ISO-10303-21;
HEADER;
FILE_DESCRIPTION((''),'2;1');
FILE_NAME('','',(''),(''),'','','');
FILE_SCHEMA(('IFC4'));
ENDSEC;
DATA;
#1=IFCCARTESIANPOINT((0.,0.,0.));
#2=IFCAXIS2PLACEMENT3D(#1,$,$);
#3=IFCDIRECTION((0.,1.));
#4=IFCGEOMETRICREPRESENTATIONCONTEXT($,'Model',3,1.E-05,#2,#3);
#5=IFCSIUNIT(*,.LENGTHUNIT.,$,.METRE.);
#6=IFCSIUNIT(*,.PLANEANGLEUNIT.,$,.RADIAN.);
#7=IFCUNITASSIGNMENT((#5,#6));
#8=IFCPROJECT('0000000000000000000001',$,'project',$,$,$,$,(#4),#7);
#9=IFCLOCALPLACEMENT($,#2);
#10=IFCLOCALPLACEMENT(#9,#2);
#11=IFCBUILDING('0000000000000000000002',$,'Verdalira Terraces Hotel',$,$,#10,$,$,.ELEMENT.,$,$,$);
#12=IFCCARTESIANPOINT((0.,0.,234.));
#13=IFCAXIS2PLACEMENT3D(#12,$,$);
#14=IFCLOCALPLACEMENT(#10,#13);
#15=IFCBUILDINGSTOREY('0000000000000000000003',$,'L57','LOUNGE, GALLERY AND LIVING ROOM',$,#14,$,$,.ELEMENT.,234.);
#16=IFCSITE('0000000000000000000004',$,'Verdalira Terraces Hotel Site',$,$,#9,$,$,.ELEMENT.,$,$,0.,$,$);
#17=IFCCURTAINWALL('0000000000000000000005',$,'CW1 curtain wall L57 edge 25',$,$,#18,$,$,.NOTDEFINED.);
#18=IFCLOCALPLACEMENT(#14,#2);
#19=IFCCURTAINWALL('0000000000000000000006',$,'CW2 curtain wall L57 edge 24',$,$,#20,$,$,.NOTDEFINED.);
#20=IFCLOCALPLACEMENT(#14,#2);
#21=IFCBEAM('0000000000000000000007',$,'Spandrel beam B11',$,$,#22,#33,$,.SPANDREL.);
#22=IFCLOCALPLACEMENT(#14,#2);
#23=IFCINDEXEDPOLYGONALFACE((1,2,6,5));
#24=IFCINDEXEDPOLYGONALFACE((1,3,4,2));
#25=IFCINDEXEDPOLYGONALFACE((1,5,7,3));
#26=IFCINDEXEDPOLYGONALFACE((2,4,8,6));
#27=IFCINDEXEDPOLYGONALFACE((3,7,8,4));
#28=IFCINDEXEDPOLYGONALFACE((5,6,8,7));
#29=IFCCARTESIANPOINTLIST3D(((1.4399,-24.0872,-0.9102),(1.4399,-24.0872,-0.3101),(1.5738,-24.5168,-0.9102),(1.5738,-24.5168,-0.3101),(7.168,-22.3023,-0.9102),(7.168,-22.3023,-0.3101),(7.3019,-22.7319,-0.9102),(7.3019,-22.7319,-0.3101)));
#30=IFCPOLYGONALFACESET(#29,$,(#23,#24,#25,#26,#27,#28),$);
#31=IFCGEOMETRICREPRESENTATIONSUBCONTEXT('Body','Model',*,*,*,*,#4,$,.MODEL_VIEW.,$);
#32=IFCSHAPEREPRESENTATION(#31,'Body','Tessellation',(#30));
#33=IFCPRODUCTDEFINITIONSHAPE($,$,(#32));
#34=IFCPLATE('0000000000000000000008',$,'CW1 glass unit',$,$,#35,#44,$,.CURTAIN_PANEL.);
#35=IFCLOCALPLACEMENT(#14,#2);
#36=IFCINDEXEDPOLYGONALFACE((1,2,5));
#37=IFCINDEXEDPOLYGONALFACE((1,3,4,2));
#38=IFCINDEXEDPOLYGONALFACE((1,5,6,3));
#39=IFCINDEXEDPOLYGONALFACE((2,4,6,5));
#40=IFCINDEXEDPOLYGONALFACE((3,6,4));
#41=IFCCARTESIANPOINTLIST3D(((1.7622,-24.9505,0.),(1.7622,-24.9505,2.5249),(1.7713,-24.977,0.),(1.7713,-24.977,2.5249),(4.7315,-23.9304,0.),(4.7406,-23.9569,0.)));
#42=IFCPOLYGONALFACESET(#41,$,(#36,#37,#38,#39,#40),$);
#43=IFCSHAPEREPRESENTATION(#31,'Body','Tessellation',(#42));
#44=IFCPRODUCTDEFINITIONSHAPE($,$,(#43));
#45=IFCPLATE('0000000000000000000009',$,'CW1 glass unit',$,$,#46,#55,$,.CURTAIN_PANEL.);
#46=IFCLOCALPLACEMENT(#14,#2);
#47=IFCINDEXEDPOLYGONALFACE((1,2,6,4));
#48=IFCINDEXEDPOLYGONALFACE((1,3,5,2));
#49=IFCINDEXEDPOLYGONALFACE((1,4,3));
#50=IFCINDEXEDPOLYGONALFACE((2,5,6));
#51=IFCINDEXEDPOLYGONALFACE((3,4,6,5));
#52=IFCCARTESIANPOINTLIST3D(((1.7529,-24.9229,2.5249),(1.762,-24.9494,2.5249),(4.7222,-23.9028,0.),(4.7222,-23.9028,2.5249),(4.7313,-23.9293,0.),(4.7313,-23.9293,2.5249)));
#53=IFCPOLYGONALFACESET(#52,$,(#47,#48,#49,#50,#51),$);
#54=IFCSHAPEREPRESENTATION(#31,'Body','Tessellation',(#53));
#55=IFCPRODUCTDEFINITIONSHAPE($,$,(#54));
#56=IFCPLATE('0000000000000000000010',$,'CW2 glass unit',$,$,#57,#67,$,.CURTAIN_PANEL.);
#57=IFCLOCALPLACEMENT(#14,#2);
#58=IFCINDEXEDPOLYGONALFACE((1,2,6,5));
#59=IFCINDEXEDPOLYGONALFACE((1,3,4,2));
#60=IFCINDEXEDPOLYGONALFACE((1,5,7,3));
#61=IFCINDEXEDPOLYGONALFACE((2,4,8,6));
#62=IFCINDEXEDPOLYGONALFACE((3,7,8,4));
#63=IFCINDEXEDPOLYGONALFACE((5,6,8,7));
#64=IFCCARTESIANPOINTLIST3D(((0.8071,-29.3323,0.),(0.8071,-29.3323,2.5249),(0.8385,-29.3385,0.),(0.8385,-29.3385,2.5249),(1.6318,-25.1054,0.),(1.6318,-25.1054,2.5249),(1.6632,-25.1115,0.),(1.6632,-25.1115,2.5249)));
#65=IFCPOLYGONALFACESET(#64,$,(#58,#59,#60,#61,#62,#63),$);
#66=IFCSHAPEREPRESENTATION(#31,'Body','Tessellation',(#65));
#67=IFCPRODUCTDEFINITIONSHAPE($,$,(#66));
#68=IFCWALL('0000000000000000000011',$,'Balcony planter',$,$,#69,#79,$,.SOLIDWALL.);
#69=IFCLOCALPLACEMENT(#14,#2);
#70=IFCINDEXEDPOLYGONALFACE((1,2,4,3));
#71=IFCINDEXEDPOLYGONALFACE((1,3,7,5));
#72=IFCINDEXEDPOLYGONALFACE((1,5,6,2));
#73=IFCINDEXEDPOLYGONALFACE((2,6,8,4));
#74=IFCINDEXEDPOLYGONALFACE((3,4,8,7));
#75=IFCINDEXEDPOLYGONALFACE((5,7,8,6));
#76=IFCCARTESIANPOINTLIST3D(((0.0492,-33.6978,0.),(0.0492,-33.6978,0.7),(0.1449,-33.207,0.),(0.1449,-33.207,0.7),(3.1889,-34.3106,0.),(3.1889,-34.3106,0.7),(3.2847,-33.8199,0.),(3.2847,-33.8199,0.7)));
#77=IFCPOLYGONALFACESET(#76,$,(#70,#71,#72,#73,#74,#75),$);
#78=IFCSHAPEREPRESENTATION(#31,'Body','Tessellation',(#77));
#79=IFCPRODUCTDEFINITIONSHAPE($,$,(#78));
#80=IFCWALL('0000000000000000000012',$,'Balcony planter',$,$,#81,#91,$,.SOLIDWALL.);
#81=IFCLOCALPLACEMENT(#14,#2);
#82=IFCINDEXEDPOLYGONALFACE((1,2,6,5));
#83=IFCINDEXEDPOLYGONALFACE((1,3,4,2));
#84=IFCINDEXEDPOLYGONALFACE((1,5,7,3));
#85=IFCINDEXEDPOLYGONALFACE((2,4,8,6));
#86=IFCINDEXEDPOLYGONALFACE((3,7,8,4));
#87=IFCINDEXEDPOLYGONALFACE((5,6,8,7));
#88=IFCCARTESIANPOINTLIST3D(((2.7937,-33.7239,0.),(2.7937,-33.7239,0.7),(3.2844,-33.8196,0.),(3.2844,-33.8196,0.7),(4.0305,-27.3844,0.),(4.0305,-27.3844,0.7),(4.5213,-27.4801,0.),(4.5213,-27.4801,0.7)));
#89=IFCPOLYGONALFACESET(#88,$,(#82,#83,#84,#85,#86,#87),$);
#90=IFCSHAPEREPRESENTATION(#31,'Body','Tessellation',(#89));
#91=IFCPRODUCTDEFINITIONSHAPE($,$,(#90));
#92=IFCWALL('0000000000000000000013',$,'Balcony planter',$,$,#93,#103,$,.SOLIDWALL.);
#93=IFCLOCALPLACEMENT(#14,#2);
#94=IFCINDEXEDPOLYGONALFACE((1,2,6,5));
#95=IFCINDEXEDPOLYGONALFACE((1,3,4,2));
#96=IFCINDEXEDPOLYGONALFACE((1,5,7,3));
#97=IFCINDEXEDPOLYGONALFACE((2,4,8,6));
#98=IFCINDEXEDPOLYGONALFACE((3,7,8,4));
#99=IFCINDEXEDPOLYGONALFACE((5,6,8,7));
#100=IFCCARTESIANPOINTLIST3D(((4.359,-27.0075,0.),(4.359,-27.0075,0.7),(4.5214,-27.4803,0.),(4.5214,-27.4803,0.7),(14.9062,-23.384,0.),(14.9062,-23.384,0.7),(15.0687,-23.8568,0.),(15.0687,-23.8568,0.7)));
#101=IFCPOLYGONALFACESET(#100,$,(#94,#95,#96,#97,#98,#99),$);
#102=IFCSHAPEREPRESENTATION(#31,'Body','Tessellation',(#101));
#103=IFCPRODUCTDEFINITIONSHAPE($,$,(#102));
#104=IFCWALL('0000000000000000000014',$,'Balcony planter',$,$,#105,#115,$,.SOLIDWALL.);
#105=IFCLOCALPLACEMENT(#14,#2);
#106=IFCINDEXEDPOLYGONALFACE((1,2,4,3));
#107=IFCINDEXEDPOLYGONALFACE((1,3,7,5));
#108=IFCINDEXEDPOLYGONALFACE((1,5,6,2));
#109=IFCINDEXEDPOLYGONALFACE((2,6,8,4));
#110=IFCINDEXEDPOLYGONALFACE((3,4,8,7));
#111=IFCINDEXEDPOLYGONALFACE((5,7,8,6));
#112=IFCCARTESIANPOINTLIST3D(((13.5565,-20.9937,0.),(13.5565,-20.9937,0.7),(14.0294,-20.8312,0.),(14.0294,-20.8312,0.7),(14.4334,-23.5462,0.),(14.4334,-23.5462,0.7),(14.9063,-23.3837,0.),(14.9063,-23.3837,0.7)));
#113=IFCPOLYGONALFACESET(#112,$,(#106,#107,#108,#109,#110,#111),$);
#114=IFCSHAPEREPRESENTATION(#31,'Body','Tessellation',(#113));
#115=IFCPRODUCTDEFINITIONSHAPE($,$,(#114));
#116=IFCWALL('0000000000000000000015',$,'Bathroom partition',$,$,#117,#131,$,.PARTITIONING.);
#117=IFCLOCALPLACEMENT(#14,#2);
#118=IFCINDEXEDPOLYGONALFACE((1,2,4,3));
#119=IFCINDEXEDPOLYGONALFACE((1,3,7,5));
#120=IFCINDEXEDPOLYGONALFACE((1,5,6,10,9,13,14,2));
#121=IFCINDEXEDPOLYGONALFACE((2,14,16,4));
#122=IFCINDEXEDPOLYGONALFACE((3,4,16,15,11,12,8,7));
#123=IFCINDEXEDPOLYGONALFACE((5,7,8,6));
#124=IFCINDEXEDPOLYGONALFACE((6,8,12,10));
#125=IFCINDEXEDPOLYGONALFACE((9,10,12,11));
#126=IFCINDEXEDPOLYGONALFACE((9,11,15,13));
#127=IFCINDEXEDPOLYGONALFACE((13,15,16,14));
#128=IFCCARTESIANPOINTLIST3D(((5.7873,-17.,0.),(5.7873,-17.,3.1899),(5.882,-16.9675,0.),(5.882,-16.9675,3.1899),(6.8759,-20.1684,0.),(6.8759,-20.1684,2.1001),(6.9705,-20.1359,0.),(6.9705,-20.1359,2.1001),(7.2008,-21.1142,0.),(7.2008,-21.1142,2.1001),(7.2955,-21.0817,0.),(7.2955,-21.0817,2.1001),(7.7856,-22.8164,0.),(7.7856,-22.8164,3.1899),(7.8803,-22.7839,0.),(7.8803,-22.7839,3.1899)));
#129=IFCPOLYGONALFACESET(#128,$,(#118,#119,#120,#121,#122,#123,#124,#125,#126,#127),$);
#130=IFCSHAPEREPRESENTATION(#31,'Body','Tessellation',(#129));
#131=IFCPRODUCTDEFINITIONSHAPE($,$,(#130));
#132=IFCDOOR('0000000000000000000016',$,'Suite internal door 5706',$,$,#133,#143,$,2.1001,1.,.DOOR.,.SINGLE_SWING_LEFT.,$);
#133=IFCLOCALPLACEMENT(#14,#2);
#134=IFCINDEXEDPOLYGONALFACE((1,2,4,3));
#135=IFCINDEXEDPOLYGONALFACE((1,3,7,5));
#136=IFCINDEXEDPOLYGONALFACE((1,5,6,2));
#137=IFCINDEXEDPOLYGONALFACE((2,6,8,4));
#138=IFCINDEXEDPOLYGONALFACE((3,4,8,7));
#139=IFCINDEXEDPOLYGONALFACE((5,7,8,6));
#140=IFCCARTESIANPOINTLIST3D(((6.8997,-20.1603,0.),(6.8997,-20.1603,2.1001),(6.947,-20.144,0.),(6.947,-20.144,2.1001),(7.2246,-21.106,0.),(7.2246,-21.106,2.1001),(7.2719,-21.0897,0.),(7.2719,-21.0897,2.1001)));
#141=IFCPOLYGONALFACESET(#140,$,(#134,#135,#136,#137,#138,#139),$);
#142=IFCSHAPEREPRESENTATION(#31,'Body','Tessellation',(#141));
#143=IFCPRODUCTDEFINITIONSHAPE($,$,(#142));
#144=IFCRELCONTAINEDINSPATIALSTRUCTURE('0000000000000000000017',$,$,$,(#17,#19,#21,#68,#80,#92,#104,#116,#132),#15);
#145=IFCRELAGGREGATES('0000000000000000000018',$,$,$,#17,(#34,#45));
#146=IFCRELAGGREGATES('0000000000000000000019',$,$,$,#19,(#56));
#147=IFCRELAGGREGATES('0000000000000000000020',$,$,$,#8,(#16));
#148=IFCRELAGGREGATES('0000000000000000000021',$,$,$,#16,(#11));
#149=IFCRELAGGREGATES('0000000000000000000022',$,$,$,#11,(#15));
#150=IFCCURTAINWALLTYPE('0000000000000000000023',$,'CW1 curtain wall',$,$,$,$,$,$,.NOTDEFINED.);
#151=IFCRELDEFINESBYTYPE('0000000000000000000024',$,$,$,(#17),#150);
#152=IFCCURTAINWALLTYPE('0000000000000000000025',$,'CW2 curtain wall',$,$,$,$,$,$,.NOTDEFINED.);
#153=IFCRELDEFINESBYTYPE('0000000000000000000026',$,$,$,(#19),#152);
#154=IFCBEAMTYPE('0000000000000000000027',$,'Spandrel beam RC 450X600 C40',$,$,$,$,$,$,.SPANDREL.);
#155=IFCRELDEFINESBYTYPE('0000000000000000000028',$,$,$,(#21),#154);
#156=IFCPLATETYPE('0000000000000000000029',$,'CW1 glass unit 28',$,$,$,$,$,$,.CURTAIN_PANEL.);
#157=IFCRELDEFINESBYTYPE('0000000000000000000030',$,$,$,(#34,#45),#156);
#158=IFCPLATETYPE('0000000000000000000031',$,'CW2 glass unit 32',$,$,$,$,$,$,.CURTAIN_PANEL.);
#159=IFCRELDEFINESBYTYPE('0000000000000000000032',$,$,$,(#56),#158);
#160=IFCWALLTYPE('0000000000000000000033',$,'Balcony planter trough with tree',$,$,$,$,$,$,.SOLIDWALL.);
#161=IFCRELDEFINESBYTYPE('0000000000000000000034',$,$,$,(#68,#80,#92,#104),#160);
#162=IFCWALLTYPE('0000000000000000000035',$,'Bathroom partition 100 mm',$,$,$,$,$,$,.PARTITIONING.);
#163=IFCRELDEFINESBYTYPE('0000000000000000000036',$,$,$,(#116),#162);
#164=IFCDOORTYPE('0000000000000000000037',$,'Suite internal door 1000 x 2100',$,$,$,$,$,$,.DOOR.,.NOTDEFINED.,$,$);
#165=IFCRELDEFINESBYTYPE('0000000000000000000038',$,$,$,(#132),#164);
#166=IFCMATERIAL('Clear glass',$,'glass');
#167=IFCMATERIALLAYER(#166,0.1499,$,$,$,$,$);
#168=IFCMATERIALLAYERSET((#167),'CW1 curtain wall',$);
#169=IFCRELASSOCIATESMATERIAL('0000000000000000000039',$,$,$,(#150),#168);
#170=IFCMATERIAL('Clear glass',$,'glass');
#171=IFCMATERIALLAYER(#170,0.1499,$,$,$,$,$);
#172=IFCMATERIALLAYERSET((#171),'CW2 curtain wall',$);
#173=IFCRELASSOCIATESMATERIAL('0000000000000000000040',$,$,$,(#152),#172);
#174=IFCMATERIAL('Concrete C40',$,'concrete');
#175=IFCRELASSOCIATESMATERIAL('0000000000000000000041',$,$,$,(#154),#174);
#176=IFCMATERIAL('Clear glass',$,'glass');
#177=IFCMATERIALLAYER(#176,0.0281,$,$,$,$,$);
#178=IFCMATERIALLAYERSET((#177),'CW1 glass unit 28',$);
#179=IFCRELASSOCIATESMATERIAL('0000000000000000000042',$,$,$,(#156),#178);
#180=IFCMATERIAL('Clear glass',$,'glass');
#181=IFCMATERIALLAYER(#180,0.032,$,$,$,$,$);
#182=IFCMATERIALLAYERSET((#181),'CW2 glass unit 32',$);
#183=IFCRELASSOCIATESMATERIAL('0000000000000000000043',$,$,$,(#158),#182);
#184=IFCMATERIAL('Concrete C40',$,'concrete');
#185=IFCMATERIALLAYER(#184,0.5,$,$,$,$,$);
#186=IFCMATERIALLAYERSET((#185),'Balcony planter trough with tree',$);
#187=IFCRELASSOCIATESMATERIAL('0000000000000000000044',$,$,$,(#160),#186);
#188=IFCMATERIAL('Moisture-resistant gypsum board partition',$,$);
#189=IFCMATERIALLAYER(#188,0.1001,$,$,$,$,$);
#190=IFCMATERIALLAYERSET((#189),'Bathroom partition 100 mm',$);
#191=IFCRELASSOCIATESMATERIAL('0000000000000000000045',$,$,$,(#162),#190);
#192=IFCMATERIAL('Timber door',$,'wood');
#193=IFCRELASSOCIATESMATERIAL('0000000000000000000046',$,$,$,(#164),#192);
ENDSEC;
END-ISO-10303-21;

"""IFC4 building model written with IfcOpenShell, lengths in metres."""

from ifc_helpers import new_model, si_unit, direction, frame, frame_2d, origin, origin_2d, place, context, subcontext, project, spatial, polyline, rectangle, outline, extrude, material, layer, layer_set, material_profile, profile_set, type_object, element, fill, aggregate, save


model = new_model("IFC4")

# Units and contexts
model_context = context("Model", 3, precision=1e-05, world=origin(), true_north=direction((0.0, 1.0)))
body_context = subcontext(model_context, "Body", "Model", "MODEL_VIEW")
ifc_project = project(units=[si_unit("LENGTHUNIT", "METRE"), si_unit("PLANEANGLEUNIT", "RADIAN")], contexts=[model_context])

# Site, building, storey
site_placement = place(None, origin())
site = spatial("IfcSite", under=ifc_project, at=site_placement, Name="Verdalira Terraces Hotel Site", CompositionType="ELEMENT", RefElevation=0.0)
building_placement = place(site_placement, origin())
building = spatial("IfcBuilding", under=site, at=building_placement, Name="Verdalira Terraces Hotel", CompositionType="ELEMENT")
storey_placement = place(building_placement, frame((0.0, 0.0, 234.0)))
storey = spatial("IfcBuildingStorey", under=building, at=storey_placement, Name="L57", Description="LOUNGE, GALLERY AND LIVING ROOM", CompositionType="ELEMENT", Elevation=234.0)

# Curtain walls
ifc_material_1 = material(Name="Clear glass", Category="glass")
ifc_layer_1 = layer(ifc_material_1, 0.1499)
ifc_layer_set_1 = layer_set([ifc_layer_1], Name="CW1 curtain wall")
curtain_wall_type_1 = type_object("IfcCurtainWallType", Name="CW1 curtain wall", PredefinedType="NOTDEFINED", material=ifc_layer_set_1)
curtain_wall_1_placement = place(storey_placement, origin())
curtain_wall_1 = element("IfcCurtainWall", 1, at=curtain_wall_1_placement, inside=storey, type_object=curtain_wall_type_1, Name="CW1 curtain wall L57 edge 25", PredefinedType="NOTDEFINED")
ifc_material_2 = material(Name="Clear glass", Category="glass")
ifc_layer_2 = layer(ifc_material_2, 0.1499)
ifc_layer_set_2 = layer_set([ifc_layer_2], Name="CW2 curtain wall")
curtain_wall_type_2 = type_object("IfcCurtainWallType", Name="CW2 curtain wall", PredefinedType="NOTDEFINED", material=ifc_layer_set_2)
curtain_wall_2_placement = place(storey_placement, origin())
curtain_wall_2 = element("IfcCurtainWall", 2, at=curtain_wall_2_placement, inside=storey, type_object=curtain_wall_type_2, Name="CW2 curtain wall L57 edge 24", PredefinedType="NOTDEFINED")

# Beam
ifc_material_3 = material(Name="Concrete C40", Category="concrete")
ifc_material_profile_1 = material_profile(ifc_material_3, rectangle(XDim=0.45, YDim=0.6001, at=origin_2d()), Name="RC 450X600")
ifc_profile_set_1 = profile_set([ifc_material_profile_1], Name="Concrete C40")
beam_type_1 = type_object("IfcBeamType", Name="Spandrel beam RC 450X600 C40", PredefinedType="SPANDREL", material=ifc_profile_set_1)
beam_1_placement = place(storey_placement, frame((1.5068, -24.302, -0.6101), z_axis=(0.954722, 0.297501, 0.0), x_axis=(-0.297501, 0.954722, 0.0)))
element("IfcBeam", 3, at=beam_1_placement, inside=storey, type_object=beam_type_1, Name="Spandrel beam B11", PredefinedType="SPANDREL", context=body_context, shape_type="SweptSolid", body=[
    extrude(rectangle(XDim=0.45, YDim=0.6001, at=origin_2d()), origin(), (0.0, 0.0, 1.0), 5.9998),
])

# Plates
ifc_material_4 = material(Name="Clear glass", Category="glass")
ifc_layer_3 = layer(ifc_material_4, 0.0281)
ifc_layer_set_3 = layer_set([ifc_layer_3], Name="CW1 glass unit 28")
plate_type_1 = type_object("IfcPlateType", Name="CW1 glass unit 28", PredefinedType="CURTAIN_PANEL", material=ifc_layer_set_3)
plate_1_placement = place(storey_placement, frame((3.2468, -24.4404, 1.2625), z_axis=(0.324908, -0.945746, 0.0), x_axis=(0.945746, 0.324908, 0.0)))
plate_1 = element("IfcPlate", 4, at=plate_1_placement, type_object=plate_type_1, Name="CW1 glass unit", PredefinedType="CURTAIN_PANEL", context=body_context, shape_type="SweptSolid", body=[
    extrude(outline(polyline([(-1.5698, -1.2625), (1.5698, -1.2625), (-1.5698, 1.2625), (-1.5698, -1.2625)])), origin(), (0.0, 0.0, 1.0), 0.0281),
])
plate_2_placement = place(storey_placement, frame((3.2375, -24.4128, 1.2625), z_axis=(0.324908, -0.945746, 0.0), x_axis=(0.945746, 0.324908, 0.0)))
plate_2 = element("IfcPlate", 5, at=plate_2_placement, type_object=plate_type_1, Name="CW1 glass unit", PredefinedType="CURTAIN_PANEL", context=body_context, shape_type="SweptSolid", body=[
    extrude(outline(polyline([(1.5698, -1.2625), (1.5698, 1.2625), (-1.5698, 1.2625), (1.5698, -1.2625)])), origin(), (0.0, 0.0, 1.0), 0.0281),
])
aggregate(curtain_wall_1, [plate_1, plate_2])
ifc_material_5 = material(Name="Clear glass", Category="glass")
ifc_layer_4 = layer(ifc_material_5, 0.032)
ifc_layer_set_4 = layer_set([ifc_layer_4], Name="CW2 glass unit 32")
plate_type_2 = type_object("IfcPlateType", Name="CW2 glass unit 32", PredefinedType="CURTAIN_PANEL", material=ifc_layer_set_4)
plate_3_placement = place(storey_placement, frame((1.2351, -27.2219, 0.0), z_axis=(0.0, 0.0, 1.0), x_axis=(0.191494, 0.981494, 0.0)))
plate_3 = element("IfcPlate", 6, at=plate_3_placement, type_object=plate_type_2, Name="CW2 glass unit", PredefinedType="CURTAIN_PANEL", context=body_context, shape_type="SweptSolid", body=[
    extrude(rectangle(XDim=4.3066, YDim=0.032, at=origin_2d()), origin(), (0.0, 0.0, 1.0), 2.5249),
])
aggregate(curtain_wall_2, [plate_3])

# Walls
ifc_material_6 = material(Name="Concrete C40", Category="concrete")
ifc_layer_5 = layer(ifc_material_6, 0.5)
ifc_layer_set_5 = layer_set([ifc_layer_5], Name="Balcony planter trough with tree")
wall_type_1 = type_object("IfcWallType", Name="Balcony planter trough with tree", PredefinedType="SOLIDWALL", material=ifc_layer_set_5)
wall_1_placement = place(storey_placement, frame((0.0969, -33.4524, 0.0), z_axis=(0.0, 0.0, 1.0), x_axis=(0.98148, -0.191564, 0.0)))
element("IfcWall", 7, at=wall_1_placement, inside=storey, type_object=wall_type_1, Name="Balcony planter", PredefinedType="SOLIDWALL", context=body_context, shape_type="SweptSolid", body=[
    extrude(rectangle(XDim=3.199, YDim=0.5, at=frame_2d((1.5996, 0.0))), origin(), (0.0, 0.0, 1.0), 0.7),
])
wall_2_placement = place(storey_placement, frame((3.0391, -33.7717, 0.0), z_axis=(0.0, 0.0, 1.0), x_axis=(0.191491, 0.981494, 0.0)))
element("IfcWall", 8, at=wall_2_placement, inside=storey, type_object=wall_type_1, Name="Balcony planter", PredefinedType="SOLIDWALL", context=body_context, shape_type="SweptSolid", body=[
    extrude(rectangle(XDim=6.459, YDim=0.5, at=frame_2d((3.2295, 0.0))), origin(), (0.0, 0.0, 1.0), 0.7),
])
wall_3_placement = place(storey_placement, frame((4.4402, -27.2439, 0.0), z_axis=(0.0, 0.0, 1.0), x_axis=(0.945745, 0.32491, 0.0)))
element("IfcWall", 9, at=wall_3_placement, inside=storey, type_object=wall_type_1, Name="Balcony planter", PredefinedType="SOLIDWALL", context=body_context, shape_type="SweptSolid", body=[
    extrude(rectangle(XDim=11.1523, YDim=0.5, at=frame_2d((5.5762, 0.0))), origin(), (0.0, 0.0, 1.0), 0.7),
])
wall_4_placement = place(storey_placement, frame((14.6699, -23.4651, 0.0), z_axis=(0.0, 0.0, 1.0), x_axis=(-0.324926, 0.94574, 0.0)))
element("IfcWall", 10, at=wall_4_placement, inside=storey, type_object=wall_type_1, Name="Balcony planter", PredefinedType="SOLIDWALL", context=body_context, shape_type="SweptSolid", body=[
    extrude(rectangle(XDim=2.699, YDim=0.5, at=frame_2d((1.3496, 0.0))), origin(), (0.0, 0.0, 1.0), 0.7),
])

# Wall, opening, door
ifc_material_7 = material(Name="Moisture-resistant gypsum board partition")
ifc_layer_6 = layer(ifc_material_7, 0.1001)
ifc_layer_set_6 = layer_set([ifc_layer_6], Name="Bathroom partition 100 mm")
wall_type_2 = type_object("IfcWallType", Name="Bathroom partition 100 mm", PredefinedType="PARTITIONING", material=ifc_layer_set_6)
wall_5_placement = place(storey_placement, frame((7.833, -22.8003, 0.0), z_axis=(0.0, 0.0, 1.0), x_axis=(-0.32492, 0.945742, 0.0)))
wall_5 = element("IfcWall", 11, at=wall_5_placement, inside=storey, type_object=wall_type_2, Name="Bathroom partition", PredefinedType="PARTITIONING", context=body_context, shape_type="SweptSolid", body=[
    extrude(rectangle(XDim=6.1501, YDim=0.1001, at=frame_2d((3.0752, 0.0))), origin(), (0.0, 0.0, 1.0), 3.1899),
])
opening_1_placement = place(wall_5_placement, frame((1.8, 0.0, 0.0)))
opening_1 = element("IfcOpeningElement", 12, at=opening_1_placement, cuts=wall_5, PredefinedType="OPENING", context=body_context, shape_type="SweptSolid", body=[
    extrude(rectangle(XDim=1.0, YDim=2.1001, at=frame_2d((0.5, 1.05))), frame((0.0, 0.0601, 0.0), z_axis=(0.0, -1.0, 0.0), x_axis=(1.0, 0.0, 0.0)), (0.0, 0.0, 1.0), 0.1201),
])
ifc_material_8 = material(Name="Timber door", Category="wood")
door_type_1 = type_object("IfcDoorType", Name="Suite internal door 1000 x 2100", OperationType="NOTDEFINED", PredefinedType="DOOR", material=ifc_material_8)
door_1_placement = place(opening_1_placement, origin())
door_1 = element("IfcDoor", 13, at=door_1_placement, inside=storey, type_object=door_type_1, Name="Suite internal door 5706", OperationType="SINGLE_SWING_LEFT", OverallHeight=2.1001, OverallWidth=1.0, PredefinedType="DOOR", context=body_context, shape_type="SweptSolid", body=[
    extrude(rectangle(XDim=1.0, YDim=2.1001, at=frame_2d((0.5, 1.05))), frame((0.0, 0.0249, 0.0), z_axis=(0.0, -1.0, 0.0), x_axis=(1.0, 0.0, 0.0)), (0.0, 0.0, 1.0), 0.05),
])
fill(opening_1, door_1)

save(model, "model.ifc")
